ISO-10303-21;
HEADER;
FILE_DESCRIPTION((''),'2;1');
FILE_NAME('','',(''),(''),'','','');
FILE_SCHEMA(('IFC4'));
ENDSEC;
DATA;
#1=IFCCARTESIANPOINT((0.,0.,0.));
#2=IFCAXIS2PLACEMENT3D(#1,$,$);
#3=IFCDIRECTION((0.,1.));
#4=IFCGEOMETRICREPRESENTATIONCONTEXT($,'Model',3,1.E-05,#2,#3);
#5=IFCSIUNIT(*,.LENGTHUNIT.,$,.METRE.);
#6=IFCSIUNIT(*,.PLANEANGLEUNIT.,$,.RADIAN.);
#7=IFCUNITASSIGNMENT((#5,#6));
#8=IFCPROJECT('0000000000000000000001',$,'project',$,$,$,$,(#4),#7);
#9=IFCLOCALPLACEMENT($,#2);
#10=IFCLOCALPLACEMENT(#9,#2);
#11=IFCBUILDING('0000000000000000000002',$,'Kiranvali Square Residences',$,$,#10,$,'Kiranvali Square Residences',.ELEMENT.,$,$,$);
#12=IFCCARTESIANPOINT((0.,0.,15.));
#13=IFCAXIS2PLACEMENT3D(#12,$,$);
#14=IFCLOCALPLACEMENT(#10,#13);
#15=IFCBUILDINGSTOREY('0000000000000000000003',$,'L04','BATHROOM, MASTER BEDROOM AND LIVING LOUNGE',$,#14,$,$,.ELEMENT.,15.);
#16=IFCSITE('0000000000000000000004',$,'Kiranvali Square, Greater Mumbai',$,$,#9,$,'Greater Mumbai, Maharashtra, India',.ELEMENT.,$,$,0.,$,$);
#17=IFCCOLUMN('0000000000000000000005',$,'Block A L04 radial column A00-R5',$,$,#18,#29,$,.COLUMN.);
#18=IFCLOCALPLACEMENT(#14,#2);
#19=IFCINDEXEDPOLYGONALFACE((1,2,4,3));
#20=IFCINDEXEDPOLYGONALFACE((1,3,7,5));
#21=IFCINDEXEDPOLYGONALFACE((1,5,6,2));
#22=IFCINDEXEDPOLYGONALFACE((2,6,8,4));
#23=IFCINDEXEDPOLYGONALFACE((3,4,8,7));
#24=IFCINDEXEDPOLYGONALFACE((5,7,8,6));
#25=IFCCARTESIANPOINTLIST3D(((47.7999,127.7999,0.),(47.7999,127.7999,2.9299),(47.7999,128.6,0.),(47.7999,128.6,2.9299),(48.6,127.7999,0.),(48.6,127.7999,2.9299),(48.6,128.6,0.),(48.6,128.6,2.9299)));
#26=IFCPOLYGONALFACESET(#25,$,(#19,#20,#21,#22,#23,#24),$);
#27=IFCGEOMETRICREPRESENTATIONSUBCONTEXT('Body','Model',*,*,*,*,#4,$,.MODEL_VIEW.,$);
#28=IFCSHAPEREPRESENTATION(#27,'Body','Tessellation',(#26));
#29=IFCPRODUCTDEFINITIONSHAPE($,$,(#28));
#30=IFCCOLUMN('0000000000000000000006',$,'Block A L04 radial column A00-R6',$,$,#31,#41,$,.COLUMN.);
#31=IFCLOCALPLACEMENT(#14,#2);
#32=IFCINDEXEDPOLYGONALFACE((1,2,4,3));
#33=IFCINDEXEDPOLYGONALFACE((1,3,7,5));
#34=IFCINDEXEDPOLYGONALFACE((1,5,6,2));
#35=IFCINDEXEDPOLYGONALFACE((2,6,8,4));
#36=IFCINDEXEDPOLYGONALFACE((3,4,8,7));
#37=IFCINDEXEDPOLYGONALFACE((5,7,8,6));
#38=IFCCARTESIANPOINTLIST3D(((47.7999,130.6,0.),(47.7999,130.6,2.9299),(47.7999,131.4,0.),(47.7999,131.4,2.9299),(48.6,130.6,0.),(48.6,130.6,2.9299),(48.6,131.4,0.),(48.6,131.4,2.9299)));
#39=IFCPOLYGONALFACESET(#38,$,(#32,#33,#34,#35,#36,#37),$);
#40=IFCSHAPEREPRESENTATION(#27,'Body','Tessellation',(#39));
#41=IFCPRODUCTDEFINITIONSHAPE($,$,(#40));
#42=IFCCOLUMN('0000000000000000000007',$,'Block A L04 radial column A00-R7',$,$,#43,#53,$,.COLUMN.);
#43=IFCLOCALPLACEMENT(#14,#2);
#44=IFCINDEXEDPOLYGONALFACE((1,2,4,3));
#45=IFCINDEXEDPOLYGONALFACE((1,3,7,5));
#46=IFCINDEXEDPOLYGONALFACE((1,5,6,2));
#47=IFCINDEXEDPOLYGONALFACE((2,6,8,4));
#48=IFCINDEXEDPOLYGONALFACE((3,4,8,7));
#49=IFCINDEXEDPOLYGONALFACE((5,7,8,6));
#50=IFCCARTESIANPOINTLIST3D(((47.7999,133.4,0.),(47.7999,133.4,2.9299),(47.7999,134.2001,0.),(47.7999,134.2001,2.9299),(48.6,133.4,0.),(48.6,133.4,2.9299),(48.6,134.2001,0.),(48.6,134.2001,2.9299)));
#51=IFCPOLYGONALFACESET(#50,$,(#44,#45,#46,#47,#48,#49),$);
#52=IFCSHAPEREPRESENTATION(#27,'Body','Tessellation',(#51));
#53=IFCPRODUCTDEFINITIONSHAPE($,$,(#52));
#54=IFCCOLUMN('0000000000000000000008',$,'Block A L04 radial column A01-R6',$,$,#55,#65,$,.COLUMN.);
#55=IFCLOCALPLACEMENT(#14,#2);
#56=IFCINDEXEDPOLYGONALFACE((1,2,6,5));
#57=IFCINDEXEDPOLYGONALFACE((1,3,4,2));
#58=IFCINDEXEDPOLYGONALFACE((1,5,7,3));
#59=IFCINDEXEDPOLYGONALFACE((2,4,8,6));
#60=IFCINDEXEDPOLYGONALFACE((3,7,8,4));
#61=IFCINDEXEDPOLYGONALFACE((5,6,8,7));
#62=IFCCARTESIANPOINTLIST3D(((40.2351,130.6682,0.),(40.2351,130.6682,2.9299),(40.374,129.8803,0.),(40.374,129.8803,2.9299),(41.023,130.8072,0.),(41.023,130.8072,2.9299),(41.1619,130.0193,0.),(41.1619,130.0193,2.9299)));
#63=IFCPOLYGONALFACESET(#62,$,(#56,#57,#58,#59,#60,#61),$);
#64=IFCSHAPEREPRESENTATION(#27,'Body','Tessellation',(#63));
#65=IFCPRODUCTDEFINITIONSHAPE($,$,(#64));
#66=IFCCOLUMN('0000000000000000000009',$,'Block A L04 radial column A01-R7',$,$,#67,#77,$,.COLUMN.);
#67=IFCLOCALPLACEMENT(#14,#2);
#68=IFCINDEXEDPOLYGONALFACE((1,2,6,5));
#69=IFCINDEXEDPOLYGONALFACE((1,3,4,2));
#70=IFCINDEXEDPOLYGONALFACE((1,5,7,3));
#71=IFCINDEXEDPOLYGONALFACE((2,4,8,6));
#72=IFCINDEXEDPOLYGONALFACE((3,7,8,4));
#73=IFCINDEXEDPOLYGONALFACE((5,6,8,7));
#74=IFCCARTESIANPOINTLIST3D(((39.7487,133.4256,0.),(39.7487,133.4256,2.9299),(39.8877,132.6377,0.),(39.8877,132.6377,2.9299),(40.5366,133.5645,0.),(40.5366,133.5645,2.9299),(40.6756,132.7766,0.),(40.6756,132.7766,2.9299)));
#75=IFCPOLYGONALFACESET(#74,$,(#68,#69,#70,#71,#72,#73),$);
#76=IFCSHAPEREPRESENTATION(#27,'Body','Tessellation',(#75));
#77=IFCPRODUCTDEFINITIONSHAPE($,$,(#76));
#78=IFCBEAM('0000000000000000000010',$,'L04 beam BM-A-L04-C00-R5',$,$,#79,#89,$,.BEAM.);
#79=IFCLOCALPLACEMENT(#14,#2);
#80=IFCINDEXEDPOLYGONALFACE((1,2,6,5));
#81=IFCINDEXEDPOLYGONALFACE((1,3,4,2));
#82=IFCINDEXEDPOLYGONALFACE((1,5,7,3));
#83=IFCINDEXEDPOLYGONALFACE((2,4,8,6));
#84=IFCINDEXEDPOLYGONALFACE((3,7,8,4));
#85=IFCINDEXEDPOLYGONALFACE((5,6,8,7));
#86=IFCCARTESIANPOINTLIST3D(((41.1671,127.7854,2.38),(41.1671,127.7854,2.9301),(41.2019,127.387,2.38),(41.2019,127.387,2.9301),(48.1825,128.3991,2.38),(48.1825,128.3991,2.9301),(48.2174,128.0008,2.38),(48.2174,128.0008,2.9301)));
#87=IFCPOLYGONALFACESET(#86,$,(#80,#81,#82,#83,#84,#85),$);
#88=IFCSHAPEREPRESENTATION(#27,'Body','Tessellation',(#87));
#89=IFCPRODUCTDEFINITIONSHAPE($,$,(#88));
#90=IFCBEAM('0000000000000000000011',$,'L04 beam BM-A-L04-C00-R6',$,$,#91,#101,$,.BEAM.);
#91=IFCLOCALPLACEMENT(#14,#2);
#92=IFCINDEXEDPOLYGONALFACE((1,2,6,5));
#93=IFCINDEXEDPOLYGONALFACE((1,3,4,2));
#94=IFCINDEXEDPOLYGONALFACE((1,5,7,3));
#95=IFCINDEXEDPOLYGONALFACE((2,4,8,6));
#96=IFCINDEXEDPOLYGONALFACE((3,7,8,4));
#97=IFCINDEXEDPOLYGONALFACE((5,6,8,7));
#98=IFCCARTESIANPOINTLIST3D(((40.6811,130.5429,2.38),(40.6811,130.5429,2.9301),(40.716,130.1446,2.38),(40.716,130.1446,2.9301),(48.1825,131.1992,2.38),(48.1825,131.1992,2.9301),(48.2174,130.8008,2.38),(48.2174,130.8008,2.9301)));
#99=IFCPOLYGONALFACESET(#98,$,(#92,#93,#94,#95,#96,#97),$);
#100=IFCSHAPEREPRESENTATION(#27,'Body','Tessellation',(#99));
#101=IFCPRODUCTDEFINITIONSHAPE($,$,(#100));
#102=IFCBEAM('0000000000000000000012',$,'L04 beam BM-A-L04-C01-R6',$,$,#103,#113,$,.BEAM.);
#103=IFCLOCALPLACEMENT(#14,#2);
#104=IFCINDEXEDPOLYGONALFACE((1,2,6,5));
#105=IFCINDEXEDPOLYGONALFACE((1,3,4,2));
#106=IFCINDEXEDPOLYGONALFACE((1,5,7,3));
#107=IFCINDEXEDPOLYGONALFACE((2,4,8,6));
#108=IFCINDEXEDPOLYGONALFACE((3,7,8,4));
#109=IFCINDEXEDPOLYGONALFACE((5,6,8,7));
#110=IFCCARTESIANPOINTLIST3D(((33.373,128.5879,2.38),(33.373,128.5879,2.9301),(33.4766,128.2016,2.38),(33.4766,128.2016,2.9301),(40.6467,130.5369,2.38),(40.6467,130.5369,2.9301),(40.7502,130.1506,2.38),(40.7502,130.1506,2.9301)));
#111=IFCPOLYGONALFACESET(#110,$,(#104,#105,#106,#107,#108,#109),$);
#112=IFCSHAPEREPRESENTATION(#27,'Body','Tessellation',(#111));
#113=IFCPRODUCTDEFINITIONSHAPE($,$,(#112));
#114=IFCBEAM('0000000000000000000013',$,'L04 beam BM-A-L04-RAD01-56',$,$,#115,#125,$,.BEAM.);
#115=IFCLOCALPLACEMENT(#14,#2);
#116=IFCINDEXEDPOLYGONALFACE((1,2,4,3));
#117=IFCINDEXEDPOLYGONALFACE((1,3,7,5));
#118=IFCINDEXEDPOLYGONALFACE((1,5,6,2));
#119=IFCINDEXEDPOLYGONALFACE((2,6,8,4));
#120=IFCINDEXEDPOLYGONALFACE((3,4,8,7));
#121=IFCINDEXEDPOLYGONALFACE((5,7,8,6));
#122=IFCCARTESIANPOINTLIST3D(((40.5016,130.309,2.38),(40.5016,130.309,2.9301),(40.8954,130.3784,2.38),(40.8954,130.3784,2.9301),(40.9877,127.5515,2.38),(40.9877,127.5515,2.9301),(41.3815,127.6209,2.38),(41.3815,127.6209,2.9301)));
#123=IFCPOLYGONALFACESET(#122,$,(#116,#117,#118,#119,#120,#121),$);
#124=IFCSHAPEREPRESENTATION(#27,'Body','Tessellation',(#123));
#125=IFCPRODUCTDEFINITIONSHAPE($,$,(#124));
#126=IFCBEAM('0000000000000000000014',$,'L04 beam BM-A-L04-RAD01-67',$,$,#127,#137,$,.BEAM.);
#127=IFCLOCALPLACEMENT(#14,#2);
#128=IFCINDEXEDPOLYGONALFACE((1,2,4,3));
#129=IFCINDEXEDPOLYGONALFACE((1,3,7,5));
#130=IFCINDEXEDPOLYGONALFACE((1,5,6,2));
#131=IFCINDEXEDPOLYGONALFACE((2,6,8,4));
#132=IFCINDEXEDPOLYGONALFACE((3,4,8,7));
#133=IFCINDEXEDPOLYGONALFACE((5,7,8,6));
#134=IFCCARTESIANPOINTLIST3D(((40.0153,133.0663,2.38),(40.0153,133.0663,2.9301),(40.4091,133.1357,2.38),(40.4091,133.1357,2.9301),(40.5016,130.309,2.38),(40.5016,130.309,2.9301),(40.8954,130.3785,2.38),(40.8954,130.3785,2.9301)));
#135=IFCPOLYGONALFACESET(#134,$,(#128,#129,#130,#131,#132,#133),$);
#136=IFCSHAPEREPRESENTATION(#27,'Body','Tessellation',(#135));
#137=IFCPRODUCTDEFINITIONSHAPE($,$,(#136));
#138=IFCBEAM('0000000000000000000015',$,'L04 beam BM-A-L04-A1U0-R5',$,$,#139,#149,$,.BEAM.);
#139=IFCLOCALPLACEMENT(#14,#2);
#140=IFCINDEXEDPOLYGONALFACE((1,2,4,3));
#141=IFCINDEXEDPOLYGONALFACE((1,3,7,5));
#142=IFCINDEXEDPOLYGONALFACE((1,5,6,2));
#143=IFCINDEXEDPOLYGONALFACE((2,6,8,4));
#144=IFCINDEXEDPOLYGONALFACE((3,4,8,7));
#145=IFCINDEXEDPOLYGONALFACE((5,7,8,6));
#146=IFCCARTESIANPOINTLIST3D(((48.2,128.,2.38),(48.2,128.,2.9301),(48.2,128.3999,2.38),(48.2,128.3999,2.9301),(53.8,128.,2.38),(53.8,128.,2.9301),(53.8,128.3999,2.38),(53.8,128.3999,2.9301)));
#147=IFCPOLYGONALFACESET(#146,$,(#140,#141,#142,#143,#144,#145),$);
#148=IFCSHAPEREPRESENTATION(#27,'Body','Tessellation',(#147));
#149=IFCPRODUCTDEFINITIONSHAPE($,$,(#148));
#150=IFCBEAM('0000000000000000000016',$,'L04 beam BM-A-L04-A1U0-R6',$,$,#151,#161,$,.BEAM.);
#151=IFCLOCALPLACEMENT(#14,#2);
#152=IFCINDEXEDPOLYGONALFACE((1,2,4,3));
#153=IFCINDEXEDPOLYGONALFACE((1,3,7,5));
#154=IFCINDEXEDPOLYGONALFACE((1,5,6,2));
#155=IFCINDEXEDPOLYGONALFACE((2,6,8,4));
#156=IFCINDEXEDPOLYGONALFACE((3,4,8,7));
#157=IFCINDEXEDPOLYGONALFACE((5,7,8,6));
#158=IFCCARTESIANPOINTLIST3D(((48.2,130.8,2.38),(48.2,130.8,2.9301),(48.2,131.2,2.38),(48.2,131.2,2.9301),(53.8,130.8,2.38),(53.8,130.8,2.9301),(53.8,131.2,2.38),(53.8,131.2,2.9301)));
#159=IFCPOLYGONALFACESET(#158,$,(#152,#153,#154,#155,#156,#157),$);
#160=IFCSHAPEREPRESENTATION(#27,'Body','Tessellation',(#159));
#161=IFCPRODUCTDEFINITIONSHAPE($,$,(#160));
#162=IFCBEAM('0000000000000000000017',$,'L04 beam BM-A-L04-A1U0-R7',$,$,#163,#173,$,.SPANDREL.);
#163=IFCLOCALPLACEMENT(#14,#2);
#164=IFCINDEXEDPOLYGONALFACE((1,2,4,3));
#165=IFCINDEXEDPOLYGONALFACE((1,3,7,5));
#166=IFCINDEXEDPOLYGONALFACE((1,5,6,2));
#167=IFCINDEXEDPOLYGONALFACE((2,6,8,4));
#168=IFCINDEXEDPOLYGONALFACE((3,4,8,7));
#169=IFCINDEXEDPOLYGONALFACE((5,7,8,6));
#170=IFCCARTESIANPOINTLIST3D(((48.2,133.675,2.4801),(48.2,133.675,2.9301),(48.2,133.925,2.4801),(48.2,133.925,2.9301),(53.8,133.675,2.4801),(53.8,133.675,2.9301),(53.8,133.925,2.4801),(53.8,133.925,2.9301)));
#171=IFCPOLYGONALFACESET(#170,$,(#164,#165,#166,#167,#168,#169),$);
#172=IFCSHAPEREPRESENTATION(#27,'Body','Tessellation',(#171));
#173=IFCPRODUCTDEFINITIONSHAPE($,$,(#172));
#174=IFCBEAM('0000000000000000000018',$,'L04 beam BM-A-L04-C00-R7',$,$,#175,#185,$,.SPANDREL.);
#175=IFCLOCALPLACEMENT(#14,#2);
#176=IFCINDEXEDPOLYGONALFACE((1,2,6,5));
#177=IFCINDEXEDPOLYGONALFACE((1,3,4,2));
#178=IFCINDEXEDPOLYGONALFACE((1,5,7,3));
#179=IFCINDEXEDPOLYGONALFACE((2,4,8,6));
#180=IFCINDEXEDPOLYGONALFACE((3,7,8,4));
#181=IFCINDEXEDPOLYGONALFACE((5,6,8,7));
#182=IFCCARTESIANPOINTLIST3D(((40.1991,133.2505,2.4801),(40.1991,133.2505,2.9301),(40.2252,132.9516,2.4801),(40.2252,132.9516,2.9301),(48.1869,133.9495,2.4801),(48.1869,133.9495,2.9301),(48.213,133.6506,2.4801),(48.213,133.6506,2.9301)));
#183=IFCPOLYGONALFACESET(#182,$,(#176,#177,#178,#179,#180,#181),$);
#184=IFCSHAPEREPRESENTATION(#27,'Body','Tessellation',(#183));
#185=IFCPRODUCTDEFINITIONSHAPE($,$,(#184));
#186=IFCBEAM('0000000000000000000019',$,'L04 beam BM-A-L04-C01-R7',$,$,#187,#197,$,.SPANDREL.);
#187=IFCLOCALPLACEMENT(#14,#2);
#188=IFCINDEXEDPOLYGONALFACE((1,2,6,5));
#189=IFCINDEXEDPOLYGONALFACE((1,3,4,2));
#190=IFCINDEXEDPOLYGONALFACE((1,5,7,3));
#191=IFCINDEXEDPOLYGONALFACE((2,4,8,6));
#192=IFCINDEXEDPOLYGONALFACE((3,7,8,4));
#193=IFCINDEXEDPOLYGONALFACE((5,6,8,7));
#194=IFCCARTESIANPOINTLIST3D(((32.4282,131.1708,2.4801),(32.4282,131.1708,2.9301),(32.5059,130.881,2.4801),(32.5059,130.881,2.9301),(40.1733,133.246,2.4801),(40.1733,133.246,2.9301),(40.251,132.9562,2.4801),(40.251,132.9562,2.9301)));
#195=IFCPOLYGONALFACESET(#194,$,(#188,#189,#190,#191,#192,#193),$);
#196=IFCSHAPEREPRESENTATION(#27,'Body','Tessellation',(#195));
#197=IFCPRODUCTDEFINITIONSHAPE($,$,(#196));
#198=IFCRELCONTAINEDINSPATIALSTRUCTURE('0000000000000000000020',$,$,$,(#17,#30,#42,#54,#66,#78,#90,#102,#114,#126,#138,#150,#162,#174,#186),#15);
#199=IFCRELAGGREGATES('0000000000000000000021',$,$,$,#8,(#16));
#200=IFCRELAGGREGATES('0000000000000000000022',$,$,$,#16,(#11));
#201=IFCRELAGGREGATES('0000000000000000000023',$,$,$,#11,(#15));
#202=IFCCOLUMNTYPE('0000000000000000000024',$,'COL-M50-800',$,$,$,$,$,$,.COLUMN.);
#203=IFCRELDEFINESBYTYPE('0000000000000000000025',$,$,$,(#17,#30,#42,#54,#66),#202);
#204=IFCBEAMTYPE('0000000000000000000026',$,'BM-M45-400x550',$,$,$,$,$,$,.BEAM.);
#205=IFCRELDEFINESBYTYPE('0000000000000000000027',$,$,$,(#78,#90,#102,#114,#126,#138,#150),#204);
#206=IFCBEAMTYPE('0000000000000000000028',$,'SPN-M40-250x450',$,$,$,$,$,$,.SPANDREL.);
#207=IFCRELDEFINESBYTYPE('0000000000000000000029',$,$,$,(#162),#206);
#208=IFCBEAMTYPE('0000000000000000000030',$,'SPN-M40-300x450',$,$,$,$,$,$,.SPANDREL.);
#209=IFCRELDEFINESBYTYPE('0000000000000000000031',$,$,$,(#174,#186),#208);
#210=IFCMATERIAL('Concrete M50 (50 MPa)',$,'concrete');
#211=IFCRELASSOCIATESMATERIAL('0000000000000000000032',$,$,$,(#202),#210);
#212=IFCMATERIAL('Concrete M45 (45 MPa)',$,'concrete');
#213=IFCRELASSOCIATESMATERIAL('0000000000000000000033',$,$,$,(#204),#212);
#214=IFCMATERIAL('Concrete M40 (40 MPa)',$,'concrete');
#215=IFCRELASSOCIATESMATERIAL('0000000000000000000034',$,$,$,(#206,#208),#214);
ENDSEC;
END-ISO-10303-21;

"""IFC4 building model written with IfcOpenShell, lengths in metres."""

from ifc_helpers import new_model, si_unit, direction, frame, origin, origin_2d, place, context, subcontext, project, spatial, rectangle, extrude, material, material_profile, profile_set, type_object, element, save


model = new_model("IFC4")

# Units and contexts
model_context = context("Model", 3, precision=1e-05, world=origin(), true_north=direction((0.0, 1.0)))
body_context = subcontext(model_context, "Body", "Model", "MODEL_VIEW")
ifc_project = project(units=[si_unit("LENGTHUNIT", "METRE"), si_unit("PLANEANGLEUNIT", "RADIAN")], contexts=[model_context])

# Site, building, storey
site_placement = place(None, origin())
site = spatial("IfcSite", under=ifc_project, at=site_placement, Name="Kiranvali Square, Greater Mumbai", LongName="Greater Mumbai, Maharashtra, India", CompositionType="ELEMENT", RefElevation=0.0)
building_placement = place(site_placement, origin())
building = spatial("IfcBuilding", under=site, at=building_placement, Name="Kiranvali Square Residences", LongName="Kiranvali Square Residences", CompositionType="ELEMENT")
storey_placement = place(building_placement, frame((0.0, 0.0, 15.0)))
storey = spatial("IfcBuildingStorey", under=building, at=storey_placement, Name="L04", Description="BATHROOM, MASTER BEDROOM AND LIVING LOUNGE", CompositionType="ELEMENT", Elevation=15.0)

# Columns
ifc_material_1 = material(Name="Concrete M50 (50 MPa)", Category="concrete")
ifc_material_profile_1 = material_profile(ifc_material_1, rectangle(XDim=0.8, YDim=0.8, at=origin_2d()), Name="RC 800x800")
ifc_profile_set_1 = profile_set([ifc_material_profile_1], Name="Concrete M50 (50 MPa)")
column_type = type_object("IfcColumnType", Name="COL-M50-800", PredefinedType="COLUMN", material=ifc_profile_set_1)
for number, where, z_axis, x_axis, name in (
    (1, (48.2, 128.2, 0.0), (0.0, 0.0, 1.0), (1.0, 0.0, 0.0), "Block A L04 radial column A00-R5"),
    (2, (48.2, 131.0, 0.0), (0.0, 0.0, 1.0), (1.0, 0.0, 0.0), "Block A L04 radial column A00-R6"),
    (3, (48.2, 133.8, 0.0), (0.0, 0.0, 1.0), (1.0, 0.0, 0.0), "Block A L04 radial column A00-R7"),
    (4, (40.6985, 130.3438, 0.0), (0.0, 0.0, 1.0), (0.984808, 0.173648, 0.0), "Block A L04 radial column A01-R6"),
    (5, (40.2122, 133.1011, 0.0), (0.0, 0.0, 1.0), (0.984808, 0.173648, 0.0), "Block A L04 radial column A01-R7"),
):
    element("IfcColumn", number, at=place(storey_placement, frame(where, z_axis=z_axis, x_axis=x_axis)), inside=storey, type_object=column_type, Name=name, PredefinedType="COLUMN", context=body_context, shape_type="SweptSolid", body=[
        extrude(rectangle(XDim=0.8, YDim=0.8, at=origin_2d()), origin(), (0.0, 0.0, 1.0), 2.9299),
    ])

# Beams
ifc_material_2 = material(Name="Concrete M45 (45 MPa)", Category="concrete")
ifc_material_profile_2 = material_profile(ifc_material_2, rectangle(XDim=0.3999, YDim=0.55, at=origin_2d()), Name="RC 400x550")
ifc_profile_set_2 = profile_set([ifc_material_profile_2], Name="Concrete M45 (45 MPa)")
beam_type_1 = type_object("IfcBeamType", Name="BM-M45-400x550", PredefinedType="BEAM", material=ifc_profile_set_2)
beam_1_placement = place(storey_placement, frame((48.2, 128.2, 2.655), z_axis=(-0.996195, -0.087156, 0.0), x_axis=(0.087156, -0.996195, 0.0)))
element("IfcBeam", 6, at=beam_1_placement, inside=storey, type_object=beam_type_1, Name="L04 beam BM-A-L04-C00-R5", PredefinedType="BEAM", context=body_context, shape_type="SweptSolid", body=[
    extrude(rectangle(XDim=0.3999, YDim=0.55, at=origin_2d()), origin(), (0.0, 0.0, 1.0), 7.0422),
])
beam_2_placement = place(storey_placement, frame((48.2, 131.0, 2.655), z_axis=(-0.996195, -0.08715, 0.0), x_axis=(0.08715, -0.996195, 0.0)))
element("IfcBeam", 7, at=beam_2_placement, inside=storey, type_object=beam_type_1, Name="L04 beam BM-A-L04-C00-R6", PredefinedType="BEAM", context=body_context, shape_type="SweptSolid", body=[
    extrude(rectangle(XDim=0.3999, YDim=0.55, at=origin_2d()), origin(), (0.0, 0.0, 1.0), 7.53),
])
beam_3_placement = place(storey_placement, frame((40.6985, 130.3438, 2.655), z_axis=(-0.965926, -0.258819, 0.0), x_axis=(0.258819, -0.965926, 0.0)))
element("IfcBeam", 8, at=beam_3_placement, inside=storey, type_object=beam_type_1, Name="L04 beam BM-A-L04-C01-R6", PredefinedType="BEAM", context=body_context, shape_type="SweptSolid", body=[
    extrude(rectangle(XDim=0.3999, YDim=0.55, at=origin_2d()), origin(), (0.0, 0.0, 1.0), 7.5303),
])
beam_4_placement = place(storey_placement, frame((41.1846, 127.5862, 2.655), z_axis=(-0.173596, 0.984817, 0.0), x_axis=(-0.984817, -0.173596, 0.0)))
element("IfcBeam", 9, at=beam_4_placement, inside=storey, type_object=beam_type_1, Name="L04 beam BM-A-L04-RAD01-56", PredefinedType="BEAM", context=body_context, shape_type="SweptSolid", body=[
    extrude(rectangle(XDim=0.3999, YDim=0.55, at=origin_2d()), origin(), (0.0, 0.0, 1.0), 2.8),
])
beam_5_placement = place(storey_placement, frame((40.6985, 130.3438, 2.655), z_axis=(-0.173696, 0.984799, 0.0), x_axis=(-0.984799, -0.173696, 0.0)))
element("IfcBeam", 10, at=beam_5_placement, inside=storey, type_object=beam_type_1, Name="L04 beam BM-A-L04-RAD01-67", PredefinedType="BEAM", context=body_context, shape_type="SweptSolid", body=[
    extrude(rectangle(XDim=0.3999, YDim=0.55, at=origin_2d()), origin(), (0.0, 0.0, 1.0), 2.7998),
])
for number, where, z_axis, x_axis, name in (
    (11, (48.2, 128.2, 2.655), (1.0, 0.0, 0.0), (0.0, 1.0, 0.0), "L04 beam BM-A-L04-A1U0-R5"),
    (12, (48.2, 131.0, 2.655), (1.0, 0.0, 0.0), (0.0, 1.0, 0.0), "L04 beam BM-A-L04-A1U0-R6"),
):
    element("IfcBeam", number, at=place(storey_placement, frame(where, z_axis=z_axis, x_axis=x_axis)), inside=storey, type_object=beam_type_1, Name=name, PredefinedType="BEAM", context=body_context, shape_type="SweptSolid", body=[
        extrude(rectangle(XDim=0.3999, YDim=0.55, at=origin_2d()), origin(), (0.0, 0.0, 1.0), 5.6001),
    ])
ifc_material_3 = material(Name="Concrete M40 (40 MPa)", Category="concrete")
ifc_material_profile_3 = material_profile(ifc_material_3, rectangle(XDim=0.25, YDim=0.45, at=origin_2d()), Name="RC 250x450")
ifc_profile_set_3 = profile_set([ifc_material_profile_3], Name="Concrete M40 (40 MPa)")
beam_type_2 = type_object("IfcBeamType", Name="SPN-M40-250x450", PredefinedType="SPANDREL", material=ifc_profile_set_3)
beam_6_placement = place(storey_placement, frame((48.2, 133.8, 2.7051), z_axis=(1.0, 0.0, 0.0), x_axis=(0.0, 1.0, 0.0)))
element("IfcBeam", 13, at=beam_6_placement, inside=storey, type_object=beam_type_2, Name="L04 beam BM-A-L04-A1U0-R7", PredefinedType="SPANDREL", context=body_context, shape_type="SweptSolid", body=[
    extrude(rectangle(XDim=0.25, YDim=0.45, at=origin_2d()), origin(), (0.0, 0.0, 1.0), 5.6001),
])
ifc_material_profile_4 = material_profile(ifc_material_3, rectangle(XDim=0.3, YDim=0.45, at=origin_2d()), Name="RC 300x450")
ifc_profile_set_4 = profile_set([ifc_material_profile_4], Name="Concrete M40 (40 MPa)")
beam_type_3 = type_object("IfcBeamType", Name="SPN-M40-300x450", PredefinedType="SPANDREL", material=ifc_profile_set_4)
for number, where, z_axis, x_axis, name in (
    (14, (48.2, 133.8, 2.7051), (-0.996193, -0.087172, 0.0), (0.087172, -0.996193, 0.0), "L04 beam BM-A-L04-C00-R7"),
    (15, (40.2122, 133.1011, 2.7051), (-0.965929, -0.258807, 0.0), (0.258807, -0.965929, 0.0), "L04 beam BM-A-L04-C01-R7"),
):
    element("IfcBeam", number, at=place(storey_placement, frame(where, z_axis=z_axis, x_axis=x_axis)), inside=storey, type_object=beam_type_3, Name=name, PredefinedType="SPANDREL", context=body_context, shape_type="SweptSolid", body=[
        extrude(rectangle(XDim=0.3, YDim=0.45, at=origin_2d()), origin(), (0.0, 0.0, 1.0), 8.0183),
    ])

save(model, "model.ifc")
